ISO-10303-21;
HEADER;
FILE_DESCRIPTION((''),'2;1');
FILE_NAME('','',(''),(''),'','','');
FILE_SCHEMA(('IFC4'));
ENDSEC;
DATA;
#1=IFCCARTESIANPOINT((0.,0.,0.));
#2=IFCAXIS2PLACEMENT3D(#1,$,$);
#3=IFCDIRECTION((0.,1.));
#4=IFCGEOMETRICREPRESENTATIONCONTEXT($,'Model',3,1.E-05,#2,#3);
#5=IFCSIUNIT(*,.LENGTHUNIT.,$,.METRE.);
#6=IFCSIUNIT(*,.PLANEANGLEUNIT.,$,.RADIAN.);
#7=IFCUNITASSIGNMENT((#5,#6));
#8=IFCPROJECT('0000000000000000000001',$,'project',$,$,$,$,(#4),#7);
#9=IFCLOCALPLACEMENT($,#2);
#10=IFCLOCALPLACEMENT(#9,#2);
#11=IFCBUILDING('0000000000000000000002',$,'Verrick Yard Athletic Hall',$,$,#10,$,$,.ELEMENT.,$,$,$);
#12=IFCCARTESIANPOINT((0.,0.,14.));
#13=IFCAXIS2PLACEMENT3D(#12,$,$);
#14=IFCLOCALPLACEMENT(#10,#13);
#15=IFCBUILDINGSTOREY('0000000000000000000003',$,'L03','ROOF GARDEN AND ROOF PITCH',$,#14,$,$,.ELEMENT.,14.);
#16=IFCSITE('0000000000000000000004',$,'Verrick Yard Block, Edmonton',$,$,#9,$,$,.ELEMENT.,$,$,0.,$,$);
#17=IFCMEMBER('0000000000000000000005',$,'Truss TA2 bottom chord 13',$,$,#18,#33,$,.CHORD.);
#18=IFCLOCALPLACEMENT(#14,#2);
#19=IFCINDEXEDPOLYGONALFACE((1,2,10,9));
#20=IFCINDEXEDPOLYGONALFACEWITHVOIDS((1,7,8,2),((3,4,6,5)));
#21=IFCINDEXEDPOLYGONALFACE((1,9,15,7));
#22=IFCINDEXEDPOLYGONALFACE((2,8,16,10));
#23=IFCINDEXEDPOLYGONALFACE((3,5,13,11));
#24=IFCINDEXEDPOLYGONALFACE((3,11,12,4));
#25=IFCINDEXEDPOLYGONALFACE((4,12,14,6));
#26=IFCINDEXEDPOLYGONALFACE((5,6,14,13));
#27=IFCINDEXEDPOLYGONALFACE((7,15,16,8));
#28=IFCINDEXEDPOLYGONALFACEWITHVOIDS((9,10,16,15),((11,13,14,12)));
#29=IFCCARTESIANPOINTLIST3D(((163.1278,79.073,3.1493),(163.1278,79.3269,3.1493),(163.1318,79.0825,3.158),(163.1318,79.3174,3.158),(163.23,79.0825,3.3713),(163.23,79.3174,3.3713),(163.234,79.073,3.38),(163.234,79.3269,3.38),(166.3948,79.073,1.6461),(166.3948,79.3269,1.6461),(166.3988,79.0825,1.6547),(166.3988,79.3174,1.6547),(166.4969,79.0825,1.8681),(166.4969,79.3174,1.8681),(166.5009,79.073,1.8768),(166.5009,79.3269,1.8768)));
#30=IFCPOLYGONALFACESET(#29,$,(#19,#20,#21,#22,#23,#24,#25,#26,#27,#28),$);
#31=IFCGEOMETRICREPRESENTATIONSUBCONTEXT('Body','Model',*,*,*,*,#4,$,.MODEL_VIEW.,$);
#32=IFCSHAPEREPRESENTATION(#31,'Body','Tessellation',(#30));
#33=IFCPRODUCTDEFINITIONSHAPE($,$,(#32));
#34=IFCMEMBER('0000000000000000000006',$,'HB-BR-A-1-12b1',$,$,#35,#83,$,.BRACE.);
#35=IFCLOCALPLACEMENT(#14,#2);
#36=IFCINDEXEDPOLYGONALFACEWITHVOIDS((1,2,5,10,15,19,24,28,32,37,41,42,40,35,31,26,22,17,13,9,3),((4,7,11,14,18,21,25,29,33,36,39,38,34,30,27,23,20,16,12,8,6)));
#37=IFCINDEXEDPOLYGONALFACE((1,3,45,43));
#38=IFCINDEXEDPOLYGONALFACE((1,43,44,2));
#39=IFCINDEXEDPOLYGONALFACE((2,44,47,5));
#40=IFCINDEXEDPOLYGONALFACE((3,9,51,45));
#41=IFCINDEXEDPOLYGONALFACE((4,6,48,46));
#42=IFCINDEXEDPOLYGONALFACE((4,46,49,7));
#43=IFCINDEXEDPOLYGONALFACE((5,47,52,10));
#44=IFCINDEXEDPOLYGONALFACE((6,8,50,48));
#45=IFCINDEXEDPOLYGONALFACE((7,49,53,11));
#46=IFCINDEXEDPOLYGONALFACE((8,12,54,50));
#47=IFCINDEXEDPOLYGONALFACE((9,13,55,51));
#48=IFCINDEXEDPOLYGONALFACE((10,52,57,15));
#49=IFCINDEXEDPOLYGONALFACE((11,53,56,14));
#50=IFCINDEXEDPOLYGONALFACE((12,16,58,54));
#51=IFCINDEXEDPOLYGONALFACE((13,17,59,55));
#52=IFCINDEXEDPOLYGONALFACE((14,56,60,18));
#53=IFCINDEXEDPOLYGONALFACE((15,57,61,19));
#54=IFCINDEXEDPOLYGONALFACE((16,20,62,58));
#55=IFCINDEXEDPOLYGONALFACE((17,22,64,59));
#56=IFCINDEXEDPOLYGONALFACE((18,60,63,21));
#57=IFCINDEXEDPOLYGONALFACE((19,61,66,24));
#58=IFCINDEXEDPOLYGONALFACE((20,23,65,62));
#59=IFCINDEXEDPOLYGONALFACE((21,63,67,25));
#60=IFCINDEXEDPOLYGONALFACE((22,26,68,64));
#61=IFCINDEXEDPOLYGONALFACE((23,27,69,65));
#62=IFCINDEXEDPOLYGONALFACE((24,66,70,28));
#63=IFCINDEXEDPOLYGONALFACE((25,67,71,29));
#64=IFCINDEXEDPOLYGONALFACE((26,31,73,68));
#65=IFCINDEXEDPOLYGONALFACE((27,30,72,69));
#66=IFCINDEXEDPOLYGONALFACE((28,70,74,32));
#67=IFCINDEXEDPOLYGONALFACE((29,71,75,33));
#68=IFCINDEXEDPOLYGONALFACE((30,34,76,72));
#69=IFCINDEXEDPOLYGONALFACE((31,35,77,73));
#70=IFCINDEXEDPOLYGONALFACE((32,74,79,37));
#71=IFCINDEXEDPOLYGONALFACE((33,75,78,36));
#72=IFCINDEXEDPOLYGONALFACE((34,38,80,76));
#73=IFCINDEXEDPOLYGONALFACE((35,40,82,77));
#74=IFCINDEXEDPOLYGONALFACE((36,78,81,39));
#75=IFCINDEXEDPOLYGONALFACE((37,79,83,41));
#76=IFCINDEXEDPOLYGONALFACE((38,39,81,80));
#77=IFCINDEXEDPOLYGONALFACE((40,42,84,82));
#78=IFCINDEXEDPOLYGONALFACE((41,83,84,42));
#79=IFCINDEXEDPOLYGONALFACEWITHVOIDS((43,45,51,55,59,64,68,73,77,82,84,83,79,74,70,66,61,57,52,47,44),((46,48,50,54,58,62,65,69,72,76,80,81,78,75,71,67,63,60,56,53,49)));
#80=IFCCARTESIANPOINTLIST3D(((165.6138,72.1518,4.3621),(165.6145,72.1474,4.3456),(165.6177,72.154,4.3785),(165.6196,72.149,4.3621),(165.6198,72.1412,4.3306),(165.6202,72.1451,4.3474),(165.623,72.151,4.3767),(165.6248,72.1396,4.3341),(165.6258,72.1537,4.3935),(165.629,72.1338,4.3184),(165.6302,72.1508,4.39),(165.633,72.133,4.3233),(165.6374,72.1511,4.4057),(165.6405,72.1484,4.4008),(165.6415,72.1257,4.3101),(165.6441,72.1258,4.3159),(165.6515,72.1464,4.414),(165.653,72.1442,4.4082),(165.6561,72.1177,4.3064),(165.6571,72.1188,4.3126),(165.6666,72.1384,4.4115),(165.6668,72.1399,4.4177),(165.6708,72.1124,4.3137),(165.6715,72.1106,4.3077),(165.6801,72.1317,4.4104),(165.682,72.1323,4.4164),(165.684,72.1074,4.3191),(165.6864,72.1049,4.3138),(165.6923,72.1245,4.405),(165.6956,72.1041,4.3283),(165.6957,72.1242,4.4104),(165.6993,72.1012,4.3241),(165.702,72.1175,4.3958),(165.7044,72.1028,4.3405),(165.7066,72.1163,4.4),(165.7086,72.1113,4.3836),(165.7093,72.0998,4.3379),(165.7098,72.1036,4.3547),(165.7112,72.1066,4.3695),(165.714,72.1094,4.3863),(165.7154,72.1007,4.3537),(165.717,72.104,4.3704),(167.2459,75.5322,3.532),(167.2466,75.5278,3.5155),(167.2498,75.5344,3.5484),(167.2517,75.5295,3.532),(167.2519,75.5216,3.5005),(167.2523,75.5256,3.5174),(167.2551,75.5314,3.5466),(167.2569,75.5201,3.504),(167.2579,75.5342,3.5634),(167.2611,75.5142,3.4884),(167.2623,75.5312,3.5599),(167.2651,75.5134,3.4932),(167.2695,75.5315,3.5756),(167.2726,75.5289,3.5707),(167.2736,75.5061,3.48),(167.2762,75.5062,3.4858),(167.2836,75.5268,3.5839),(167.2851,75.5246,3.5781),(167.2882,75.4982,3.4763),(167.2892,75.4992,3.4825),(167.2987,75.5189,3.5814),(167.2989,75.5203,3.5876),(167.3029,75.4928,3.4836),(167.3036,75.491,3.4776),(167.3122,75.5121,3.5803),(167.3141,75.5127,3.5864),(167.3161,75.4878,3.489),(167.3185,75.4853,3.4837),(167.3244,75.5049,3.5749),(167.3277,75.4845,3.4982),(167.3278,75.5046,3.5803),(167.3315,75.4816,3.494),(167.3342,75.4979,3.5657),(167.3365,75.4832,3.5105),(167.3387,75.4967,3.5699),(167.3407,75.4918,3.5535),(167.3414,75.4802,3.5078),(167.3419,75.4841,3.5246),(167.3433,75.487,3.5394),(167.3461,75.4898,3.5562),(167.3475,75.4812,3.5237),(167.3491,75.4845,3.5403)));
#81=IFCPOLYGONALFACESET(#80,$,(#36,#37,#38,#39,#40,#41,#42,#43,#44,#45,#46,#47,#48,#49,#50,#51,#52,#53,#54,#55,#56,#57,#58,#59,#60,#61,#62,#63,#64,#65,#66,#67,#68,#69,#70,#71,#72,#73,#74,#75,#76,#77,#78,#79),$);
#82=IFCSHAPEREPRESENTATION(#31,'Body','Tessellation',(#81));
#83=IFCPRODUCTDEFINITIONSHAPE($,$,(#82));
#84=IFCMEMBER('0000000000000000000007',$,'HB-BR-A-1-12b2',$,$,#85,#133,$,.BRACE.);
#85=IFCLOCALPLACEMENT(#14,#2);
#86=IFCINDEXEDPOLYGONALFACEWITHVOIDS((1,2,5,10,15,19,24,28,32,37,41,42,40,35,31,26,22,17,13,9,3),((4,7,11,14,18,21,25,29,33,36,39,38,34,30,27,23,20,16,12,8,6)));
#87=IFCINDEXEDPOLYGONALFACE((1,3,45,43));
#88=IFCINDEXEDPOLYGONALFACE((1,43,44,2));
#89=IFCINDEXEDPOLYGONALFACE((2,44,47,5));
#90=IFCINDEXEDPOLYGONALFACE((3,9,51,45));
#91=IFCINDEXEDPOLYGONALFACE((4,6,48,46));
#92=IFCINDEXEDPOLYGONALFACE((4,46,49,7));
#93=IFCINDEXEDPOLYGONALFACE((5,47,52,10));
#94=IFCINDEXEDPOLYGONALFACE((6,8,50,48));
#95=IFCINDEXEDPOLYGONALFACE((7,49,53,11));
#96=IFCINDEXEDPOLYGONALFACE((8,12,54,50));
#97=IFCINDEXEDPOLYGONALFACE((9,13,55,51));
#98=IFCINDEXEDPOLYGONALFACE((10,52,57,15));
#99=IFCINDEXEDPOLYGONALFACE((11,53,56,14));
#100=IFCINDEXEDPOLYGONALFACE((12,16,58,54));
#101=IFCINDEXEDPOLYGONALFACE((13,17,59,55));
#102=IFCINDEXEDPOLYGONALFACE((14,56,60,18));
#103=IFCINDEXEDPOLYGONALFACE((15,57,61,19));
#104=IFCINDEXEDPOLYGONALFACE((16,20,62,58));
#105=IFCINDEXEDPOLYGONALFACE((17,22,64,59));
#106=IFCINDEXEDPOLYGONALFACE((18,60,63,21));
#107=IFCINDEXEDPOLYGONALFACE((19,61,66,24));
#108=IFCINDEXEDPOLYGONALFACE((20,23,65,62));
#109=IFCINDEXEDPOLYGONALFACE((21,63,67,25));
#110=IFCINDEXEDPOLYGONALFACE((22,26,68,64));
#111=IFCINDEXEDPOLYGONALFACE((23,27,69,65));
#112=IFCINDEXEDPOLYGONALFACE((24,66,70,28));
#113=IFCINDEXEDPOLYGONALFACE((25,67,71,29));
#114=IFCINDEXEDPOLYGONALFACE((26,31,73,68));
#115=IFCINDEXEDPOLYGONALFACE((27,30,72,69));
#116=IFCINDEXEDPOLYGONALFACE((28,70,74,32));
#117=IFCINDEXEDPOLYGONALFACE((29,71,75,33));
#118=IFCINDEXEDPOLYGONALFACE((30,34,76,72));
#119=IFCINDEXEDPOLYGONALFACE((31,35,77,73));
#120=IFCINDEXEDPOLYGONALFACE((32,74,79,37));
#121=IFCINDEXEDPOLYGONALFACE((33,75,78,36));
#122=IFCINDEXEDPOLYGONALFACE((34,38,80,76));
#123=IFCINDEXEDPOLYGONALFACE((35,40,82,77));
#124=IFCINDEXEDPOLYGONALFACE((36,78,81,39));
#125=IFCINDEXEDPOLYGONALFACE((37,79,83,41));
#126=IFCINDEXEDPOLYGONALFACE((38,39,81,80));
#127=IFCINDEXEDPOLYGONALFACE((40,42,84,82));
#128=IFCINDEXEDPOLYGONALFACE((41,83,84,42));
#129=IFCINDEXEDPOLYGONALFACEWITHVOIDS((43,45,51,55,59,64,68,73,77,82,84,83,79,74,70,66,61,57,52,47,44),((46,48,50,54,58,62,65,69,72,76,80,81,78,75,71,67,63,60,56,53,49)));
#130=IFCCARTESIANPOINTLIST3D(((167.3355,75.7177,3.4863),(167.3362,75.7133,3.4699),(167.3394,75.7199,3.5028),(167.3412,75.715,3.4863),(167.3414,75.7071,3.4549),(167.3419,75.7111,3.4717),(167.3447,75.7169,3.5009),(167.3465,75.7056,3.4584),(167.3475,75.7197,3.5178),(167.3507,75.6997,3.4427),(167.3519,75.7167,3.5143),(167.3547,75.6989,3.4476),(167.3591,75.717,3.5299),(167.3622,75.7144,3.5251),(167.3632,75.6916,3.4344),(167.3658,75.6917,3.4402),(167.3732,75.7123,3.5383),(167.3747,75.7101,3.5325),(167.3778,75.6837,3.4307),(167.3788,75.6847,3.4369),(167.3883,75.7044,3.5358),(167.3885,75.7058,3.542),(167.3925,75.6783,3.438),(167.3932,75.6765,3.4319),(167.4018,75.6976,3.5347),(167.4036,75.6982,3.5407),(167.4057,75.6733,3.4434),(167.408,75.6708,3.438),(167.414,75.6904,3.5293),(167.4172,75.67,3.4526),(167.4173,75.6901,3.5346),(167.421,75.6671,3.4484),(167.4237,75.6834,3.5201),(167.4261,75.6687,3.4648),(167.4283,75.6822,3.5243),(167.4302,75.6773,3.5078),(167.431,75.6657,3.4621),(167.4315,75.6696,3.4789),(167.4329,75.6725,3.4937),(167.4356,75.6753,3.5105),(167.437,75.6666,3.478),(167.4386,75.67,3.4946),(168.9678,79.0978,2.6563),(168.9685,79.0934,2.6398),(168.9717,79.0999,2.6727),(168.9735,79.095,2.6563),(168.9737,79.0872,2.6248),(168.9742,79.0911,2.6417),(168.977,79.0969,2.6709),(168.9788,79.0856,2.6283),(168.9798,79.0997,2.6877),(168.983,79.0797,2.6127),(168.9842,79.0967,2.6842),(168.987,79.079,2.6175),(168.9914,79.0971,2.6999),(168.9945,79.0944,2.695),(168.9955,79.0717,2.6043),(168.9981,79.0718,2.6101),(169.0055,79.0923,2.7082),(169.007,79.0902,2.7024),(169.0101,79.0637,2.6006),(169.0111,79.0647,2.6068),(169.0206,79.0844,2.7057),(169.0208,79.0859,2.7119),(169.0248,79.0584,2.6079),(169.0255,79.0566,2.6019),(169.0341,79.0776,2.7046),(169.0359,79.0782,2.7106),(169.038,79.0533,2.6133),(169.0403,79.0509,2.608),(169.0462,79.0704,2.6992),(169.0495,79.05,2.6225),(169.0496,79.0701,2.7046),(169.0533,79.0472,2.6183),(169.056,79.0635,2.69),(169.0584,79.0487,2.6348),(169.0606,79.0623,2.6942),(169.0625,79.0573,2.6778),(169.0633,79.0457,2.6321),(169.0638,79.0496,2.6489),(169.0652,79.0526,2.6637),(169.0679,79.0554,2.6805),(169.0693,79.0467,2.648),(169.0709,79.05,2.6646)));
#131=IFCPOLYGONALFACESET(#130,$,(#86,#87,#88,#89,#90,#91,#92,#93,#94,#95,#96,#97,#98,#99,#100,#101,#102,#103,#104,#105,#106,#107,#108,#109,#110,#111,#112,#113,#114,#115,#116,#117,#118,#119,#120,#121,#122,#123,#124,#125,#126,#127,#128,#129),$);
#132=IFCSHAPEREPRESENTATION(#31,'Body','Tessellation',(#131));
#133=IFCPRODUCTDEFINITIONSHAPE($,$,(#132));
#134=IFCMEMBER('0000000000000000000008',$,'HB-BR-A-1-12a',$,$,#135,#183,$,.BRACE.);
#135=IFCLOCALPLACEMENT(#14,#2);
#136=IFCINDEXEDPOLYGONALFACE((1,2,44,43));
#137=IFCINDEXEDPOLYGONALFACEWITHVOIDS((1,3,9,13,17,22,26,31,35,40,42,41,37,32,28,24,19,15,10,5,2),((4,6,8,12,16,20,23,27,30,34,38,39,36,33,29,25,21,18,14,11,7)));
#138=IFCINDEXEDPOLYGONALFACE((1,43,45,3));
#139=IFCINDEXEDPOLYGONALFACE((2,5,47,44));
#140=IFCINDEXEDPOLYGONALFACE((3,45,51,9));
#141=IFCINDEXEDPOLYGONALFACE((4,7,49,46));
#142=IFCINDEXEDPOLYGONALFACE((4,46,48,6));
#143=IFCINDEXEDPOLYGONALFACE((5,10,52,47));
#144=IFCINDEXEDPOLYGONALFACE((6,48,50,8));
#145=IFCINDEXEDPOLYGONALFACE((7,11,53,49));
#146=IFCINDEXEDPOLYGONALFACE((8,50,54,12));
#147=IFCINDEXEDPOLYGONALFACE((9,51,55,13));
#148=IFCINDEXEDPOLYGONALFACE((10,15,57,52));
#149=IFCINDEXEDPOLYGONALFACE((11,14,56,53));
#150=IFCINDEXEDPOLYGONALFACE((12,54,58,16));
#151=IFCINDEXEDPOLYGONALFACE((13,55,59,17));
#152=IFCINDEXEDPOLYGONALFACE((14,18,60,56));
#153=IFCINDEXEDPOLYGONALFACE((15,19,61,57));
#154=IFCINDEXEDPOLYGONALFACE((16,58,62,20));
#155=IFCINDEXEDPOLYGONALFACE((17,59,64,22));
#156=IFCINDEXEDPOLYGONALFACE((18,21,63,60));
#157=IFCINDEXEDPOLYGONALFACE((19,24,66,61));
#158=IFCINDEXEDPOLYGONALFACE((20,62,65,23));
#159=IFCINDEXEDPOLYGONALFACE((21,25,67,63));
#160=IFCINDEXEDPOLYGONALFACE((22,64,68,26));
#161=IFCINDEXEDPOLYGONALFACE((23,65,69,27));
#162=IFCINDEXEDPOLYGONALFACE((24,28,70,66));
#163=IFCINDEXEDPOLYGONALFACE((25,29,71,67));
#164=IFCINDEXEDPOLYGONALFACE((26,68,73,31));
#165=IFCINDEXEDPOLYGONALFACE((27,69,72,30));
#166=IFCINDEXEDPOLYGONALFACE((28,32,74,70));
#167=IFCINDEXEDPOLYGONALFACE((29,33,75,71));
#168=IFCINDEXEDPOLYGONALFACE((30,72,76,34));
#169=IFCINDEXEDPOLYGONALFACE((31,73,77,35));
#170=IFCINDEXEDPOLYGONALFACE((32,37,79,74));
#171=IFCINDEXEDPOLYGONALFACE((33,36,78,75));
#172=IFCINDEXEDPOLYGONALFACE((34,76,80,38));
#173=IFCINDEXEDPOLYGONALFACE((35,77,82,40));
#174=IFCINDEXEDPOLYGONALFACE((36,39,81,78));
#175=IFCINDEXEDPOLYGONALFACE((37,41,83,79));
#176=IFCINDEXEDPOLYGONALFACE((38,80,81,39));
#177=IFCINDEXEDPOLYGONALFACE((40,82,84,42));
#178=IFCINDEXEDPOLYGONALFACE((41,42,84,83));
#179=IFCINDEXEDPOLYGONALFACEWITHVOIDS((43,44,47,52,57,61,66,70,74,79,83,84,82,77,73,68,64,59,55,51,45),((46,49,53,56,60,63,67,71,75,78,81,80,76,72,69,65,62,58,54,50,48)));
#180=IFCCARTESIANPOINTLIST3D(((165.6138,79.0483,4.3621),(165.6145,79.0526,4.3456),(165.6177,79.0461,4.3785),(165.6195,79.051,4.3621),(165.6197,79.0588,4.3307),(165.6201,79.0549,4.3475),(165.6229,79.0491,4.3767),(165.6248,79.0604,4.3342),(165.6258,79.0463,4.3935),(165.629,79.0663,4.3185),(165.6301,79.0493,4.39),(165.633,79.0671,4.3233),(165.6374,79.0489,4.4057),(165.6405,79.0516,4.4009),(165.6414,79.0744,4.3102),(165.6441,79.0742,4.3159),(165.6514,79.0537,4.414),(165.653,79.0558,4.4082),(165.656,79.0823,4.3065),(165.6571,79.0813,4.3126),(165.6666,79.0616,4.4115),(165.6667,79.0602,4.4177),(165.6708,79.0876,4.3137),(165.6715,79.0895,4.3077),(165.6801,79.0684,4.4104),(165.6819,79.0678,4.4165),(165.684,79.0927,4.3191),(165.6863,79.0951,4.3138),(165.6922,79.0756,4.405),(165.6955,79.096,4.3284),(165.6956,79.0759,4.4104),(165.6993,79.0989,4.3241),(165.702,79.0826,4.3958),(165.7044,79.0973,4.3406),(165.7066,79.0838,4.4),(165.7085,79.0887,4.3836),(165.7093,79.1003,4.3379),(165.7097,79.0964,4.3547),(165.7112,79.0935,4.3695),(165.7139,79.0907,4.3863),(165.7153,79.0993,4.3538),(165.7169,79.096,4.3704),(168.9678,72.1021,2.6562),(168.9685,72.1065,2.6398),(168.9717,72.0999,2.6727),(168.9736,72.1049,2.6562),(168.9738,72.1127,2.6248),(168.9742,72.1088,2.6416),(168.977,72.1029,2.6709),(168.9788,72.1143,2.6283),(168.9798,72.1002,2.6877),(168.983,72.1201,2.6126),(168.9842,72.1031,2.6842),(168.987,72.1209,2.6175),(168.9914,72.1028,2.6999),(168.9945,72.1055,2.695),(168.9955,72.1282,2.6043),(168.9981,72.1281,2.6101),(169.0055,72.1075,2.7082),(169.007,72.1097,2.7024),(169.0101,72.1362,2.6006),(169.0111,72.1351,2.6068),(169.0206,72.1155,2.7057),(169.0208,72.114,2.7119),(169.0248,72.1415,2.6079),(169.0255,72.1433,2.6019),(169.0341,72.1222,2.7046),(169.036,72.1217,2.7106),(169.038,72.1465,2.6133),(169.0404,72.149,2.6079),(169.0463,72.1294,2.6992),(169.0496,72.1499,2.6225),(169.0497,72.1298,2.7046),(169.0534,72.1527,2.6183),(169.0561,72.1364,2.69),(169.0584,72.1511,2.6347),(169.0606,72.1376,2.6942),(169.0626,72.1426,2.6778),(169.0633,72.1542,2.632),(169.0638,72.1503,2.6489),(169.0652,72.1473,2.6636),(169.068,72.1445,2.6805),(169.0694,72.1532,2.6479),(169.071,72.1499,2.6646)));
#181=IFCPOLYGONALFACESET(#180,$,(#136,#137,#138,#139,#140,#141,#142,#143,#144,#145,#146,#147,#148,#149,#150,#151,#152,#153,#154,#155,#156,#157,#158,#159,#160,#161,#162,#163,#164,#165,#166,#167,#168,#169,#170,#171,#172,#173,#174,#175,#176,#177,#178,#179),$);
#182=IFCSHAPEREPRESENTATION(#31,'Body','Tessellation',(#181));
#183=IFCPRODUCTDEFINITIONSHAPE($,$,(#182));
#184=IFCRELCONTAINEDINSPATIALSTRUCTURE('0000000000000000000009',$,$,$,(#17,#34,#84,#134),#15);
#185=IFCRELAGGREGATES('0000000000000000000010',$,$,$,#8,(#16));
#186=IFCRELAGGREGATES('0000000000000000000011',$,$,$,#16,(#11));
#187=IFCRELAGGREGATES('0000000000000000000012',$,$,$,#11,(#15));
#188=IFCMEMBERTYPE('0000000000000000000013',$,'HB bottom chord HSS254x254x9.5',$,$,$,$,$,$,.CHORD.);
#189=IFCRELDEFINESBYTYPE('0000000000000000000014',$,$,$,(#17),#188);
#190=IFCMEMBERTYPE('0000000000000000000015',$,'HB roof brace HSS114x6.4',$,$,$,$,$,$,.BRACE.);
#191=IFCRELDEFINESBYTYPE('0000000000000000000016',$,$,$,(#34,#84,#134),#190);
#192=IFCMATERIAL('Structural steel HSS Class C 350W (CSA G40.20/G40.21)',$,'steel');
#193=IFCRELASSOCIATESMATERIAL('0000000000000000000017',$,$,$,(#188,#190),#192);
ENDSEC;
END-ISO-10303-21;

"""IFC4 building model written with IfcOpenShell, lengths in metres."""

from ifc_helpers import new_model, si_unit, direction, frame, origin, origin_2d, place, context, subcontext, project, spatial, hollow_rectangle, hollow_circle, extrude, material, material_profile, profile_set, type_object, element, save


model = new_model("IFC4")

# Units and contexts
model_context = context("Model", 3, precision=1e-05, world=origin(), true_north=direction((0.0, 1.0)))
body_context = subcontext(model_context, "Body", "Model", "MODEL_VIEW")
ifc_project = project(units=[si_unit("LENGTHUNIT", "METRE"), si_unit("PLANEANGLEUNIT", "RADIAN")], contexts=[model_context])

# Site, building, storey
site_placement = place(None, origin())
site = spatial("IfcSite", under=ifc_project, at=site_placement, Name="Verrick Yard Block, Edmonton", CompositionType="ELEMENT", RefElevation=0.0)
building_placement = place(site_placement, origin())
building = spatial("IfcBuilding", under=site, at=building_placement, Name="Verrick Yard Athletic Hall", CompositionType="ELEMENT")
storey_placement = place(building_placement, frame((0.0, 0.0, 14.0)))
storey = spatial("IfcBuildingStorey", under=building, at=storey_placement, Name="L03", Description="ROOF GARDEN AND ROOF PITCH", CompositionType="ELEMENT", Elevation=14.0)

# Members
ifc_material_1 = material(Name="Structural steel HSS Class C 350W (CSA G40.20/G40.21)", Category="steel")
ifc_material_profile_1 = material_profile(ifc_material_1, hollow_rectangle(XDim=0.2539, YDim=0.2539, WallThickness=0.0095, at=origin_2d()), Name="HSS254x254x9.5")
ifc_profile_set_1 = profile_set([ifc_material_profile_1], Name="Structural steel HSS Class C 350W (CSA G40.20/G40.21)")
member_type_1 = type_object("IfcMemberType", Name="HB bottom chord HSS254x254x9.5", PredefinedType="CHORD", material=ifc_profile_set_1)
member_1_placement = place(storey_placement, frame((163.1809, 79.2, 3.2646), z_axis=(0.908446, 0.0, -0.418003), x_axis=(0.0, 1.0, 0.0)))
element("IfcMember", 1, at=member_1_placement, inside=storey, type_object=member_type_1, Name="Truss TA2 bottom chord 13", PredefinedType="CHORD", context=body_context, shape_type="SweptSolid", body=[
    extrude(hollow_rectangle(XDim=0.2539, YDim=0.2539, WallThickness=0.0095, at=origin_2d()), origin(), (0.0, 0.0, 1.0), 3.5962),
])
ifc_material_profile_2 = material_profile(ifc_material_1, hollow_circle(Radius=0.0571, WallThickness=0.0063, at=origin_2d()), Name="HSS114x6.4")
ifc_profile_set_2 = profile_set([ifc_material_profile_2], Name="Structural steel HSS Class C 350W (CSA G40.20/G40.21)")
member_type_2 = type_object("IfcMemberType", Name="HB roof brace HSS114x6.4", PredefinedType="BRACE", material=ifc_profile_set_2)
member_2_placement = place(storey_placement, frame((165.6653, 72.127, 4.3621), z_axis=(0.424531, 0.879291, -0.215917), x_axis=(-0.900533, 0.434787, 0.0)))
element("IfcMember", 2, at=member_2_placement, inside=storey, type_object=member_type_2, Name="HB-BR-A-1-12b1", PredefinedType="BRACE", context=body_context, shape_type="SweptSolid", body=[
    extrude(hollow_circle(Radius=0.0571, WallThickness=0.0063, at=origin_2d()), origin(), (0.0, 0.0, 1.0), 3.8445),
])
member_3_placement = place(storey_placement, frame((167.387, 75.6929, 3.4863), z_axis=(0.424607, 0.879253, -0.215923), x_axis=(-0.900495, 0.434865, 0.0)))
element("IfcMember", 3, at=member_3_placement, inside=storey, type_object=member_type_2, Name="HB-BR-A-1-12b2", PredefinedType="BRACE", context=body_context, shape_type="SweptSolid", body=[
    extrude(hollow_circle(Radius=0.0571, WallThickness=0.0063, at=origin_2d()), origin(), (0.0, 0.0, 1.0), 3.8442),
])
member_4_placement = place(storey_placement, frame((169.0193, 72.127, 2.6562), z_axis=(-0.424569, 0.87927, 0.215931), x_axis=(-0.900514, -0.434827, 0.0)))
element("IfcMember", 4, at=member_4_placement, inside=storey, type_object=member_type_2, Name="HB-BR-A-1-12a", PredefinedType="BRACE", context=body_context, shape_type="SweptSolid", body=[
    extrude(hollow_circle(Radius=0.0571, WallThickness=0.0063, at=origin_2d()), origin(), (0.0, 0.0, 1.0), 7.8999),
])

save(model, "model.ifc")
